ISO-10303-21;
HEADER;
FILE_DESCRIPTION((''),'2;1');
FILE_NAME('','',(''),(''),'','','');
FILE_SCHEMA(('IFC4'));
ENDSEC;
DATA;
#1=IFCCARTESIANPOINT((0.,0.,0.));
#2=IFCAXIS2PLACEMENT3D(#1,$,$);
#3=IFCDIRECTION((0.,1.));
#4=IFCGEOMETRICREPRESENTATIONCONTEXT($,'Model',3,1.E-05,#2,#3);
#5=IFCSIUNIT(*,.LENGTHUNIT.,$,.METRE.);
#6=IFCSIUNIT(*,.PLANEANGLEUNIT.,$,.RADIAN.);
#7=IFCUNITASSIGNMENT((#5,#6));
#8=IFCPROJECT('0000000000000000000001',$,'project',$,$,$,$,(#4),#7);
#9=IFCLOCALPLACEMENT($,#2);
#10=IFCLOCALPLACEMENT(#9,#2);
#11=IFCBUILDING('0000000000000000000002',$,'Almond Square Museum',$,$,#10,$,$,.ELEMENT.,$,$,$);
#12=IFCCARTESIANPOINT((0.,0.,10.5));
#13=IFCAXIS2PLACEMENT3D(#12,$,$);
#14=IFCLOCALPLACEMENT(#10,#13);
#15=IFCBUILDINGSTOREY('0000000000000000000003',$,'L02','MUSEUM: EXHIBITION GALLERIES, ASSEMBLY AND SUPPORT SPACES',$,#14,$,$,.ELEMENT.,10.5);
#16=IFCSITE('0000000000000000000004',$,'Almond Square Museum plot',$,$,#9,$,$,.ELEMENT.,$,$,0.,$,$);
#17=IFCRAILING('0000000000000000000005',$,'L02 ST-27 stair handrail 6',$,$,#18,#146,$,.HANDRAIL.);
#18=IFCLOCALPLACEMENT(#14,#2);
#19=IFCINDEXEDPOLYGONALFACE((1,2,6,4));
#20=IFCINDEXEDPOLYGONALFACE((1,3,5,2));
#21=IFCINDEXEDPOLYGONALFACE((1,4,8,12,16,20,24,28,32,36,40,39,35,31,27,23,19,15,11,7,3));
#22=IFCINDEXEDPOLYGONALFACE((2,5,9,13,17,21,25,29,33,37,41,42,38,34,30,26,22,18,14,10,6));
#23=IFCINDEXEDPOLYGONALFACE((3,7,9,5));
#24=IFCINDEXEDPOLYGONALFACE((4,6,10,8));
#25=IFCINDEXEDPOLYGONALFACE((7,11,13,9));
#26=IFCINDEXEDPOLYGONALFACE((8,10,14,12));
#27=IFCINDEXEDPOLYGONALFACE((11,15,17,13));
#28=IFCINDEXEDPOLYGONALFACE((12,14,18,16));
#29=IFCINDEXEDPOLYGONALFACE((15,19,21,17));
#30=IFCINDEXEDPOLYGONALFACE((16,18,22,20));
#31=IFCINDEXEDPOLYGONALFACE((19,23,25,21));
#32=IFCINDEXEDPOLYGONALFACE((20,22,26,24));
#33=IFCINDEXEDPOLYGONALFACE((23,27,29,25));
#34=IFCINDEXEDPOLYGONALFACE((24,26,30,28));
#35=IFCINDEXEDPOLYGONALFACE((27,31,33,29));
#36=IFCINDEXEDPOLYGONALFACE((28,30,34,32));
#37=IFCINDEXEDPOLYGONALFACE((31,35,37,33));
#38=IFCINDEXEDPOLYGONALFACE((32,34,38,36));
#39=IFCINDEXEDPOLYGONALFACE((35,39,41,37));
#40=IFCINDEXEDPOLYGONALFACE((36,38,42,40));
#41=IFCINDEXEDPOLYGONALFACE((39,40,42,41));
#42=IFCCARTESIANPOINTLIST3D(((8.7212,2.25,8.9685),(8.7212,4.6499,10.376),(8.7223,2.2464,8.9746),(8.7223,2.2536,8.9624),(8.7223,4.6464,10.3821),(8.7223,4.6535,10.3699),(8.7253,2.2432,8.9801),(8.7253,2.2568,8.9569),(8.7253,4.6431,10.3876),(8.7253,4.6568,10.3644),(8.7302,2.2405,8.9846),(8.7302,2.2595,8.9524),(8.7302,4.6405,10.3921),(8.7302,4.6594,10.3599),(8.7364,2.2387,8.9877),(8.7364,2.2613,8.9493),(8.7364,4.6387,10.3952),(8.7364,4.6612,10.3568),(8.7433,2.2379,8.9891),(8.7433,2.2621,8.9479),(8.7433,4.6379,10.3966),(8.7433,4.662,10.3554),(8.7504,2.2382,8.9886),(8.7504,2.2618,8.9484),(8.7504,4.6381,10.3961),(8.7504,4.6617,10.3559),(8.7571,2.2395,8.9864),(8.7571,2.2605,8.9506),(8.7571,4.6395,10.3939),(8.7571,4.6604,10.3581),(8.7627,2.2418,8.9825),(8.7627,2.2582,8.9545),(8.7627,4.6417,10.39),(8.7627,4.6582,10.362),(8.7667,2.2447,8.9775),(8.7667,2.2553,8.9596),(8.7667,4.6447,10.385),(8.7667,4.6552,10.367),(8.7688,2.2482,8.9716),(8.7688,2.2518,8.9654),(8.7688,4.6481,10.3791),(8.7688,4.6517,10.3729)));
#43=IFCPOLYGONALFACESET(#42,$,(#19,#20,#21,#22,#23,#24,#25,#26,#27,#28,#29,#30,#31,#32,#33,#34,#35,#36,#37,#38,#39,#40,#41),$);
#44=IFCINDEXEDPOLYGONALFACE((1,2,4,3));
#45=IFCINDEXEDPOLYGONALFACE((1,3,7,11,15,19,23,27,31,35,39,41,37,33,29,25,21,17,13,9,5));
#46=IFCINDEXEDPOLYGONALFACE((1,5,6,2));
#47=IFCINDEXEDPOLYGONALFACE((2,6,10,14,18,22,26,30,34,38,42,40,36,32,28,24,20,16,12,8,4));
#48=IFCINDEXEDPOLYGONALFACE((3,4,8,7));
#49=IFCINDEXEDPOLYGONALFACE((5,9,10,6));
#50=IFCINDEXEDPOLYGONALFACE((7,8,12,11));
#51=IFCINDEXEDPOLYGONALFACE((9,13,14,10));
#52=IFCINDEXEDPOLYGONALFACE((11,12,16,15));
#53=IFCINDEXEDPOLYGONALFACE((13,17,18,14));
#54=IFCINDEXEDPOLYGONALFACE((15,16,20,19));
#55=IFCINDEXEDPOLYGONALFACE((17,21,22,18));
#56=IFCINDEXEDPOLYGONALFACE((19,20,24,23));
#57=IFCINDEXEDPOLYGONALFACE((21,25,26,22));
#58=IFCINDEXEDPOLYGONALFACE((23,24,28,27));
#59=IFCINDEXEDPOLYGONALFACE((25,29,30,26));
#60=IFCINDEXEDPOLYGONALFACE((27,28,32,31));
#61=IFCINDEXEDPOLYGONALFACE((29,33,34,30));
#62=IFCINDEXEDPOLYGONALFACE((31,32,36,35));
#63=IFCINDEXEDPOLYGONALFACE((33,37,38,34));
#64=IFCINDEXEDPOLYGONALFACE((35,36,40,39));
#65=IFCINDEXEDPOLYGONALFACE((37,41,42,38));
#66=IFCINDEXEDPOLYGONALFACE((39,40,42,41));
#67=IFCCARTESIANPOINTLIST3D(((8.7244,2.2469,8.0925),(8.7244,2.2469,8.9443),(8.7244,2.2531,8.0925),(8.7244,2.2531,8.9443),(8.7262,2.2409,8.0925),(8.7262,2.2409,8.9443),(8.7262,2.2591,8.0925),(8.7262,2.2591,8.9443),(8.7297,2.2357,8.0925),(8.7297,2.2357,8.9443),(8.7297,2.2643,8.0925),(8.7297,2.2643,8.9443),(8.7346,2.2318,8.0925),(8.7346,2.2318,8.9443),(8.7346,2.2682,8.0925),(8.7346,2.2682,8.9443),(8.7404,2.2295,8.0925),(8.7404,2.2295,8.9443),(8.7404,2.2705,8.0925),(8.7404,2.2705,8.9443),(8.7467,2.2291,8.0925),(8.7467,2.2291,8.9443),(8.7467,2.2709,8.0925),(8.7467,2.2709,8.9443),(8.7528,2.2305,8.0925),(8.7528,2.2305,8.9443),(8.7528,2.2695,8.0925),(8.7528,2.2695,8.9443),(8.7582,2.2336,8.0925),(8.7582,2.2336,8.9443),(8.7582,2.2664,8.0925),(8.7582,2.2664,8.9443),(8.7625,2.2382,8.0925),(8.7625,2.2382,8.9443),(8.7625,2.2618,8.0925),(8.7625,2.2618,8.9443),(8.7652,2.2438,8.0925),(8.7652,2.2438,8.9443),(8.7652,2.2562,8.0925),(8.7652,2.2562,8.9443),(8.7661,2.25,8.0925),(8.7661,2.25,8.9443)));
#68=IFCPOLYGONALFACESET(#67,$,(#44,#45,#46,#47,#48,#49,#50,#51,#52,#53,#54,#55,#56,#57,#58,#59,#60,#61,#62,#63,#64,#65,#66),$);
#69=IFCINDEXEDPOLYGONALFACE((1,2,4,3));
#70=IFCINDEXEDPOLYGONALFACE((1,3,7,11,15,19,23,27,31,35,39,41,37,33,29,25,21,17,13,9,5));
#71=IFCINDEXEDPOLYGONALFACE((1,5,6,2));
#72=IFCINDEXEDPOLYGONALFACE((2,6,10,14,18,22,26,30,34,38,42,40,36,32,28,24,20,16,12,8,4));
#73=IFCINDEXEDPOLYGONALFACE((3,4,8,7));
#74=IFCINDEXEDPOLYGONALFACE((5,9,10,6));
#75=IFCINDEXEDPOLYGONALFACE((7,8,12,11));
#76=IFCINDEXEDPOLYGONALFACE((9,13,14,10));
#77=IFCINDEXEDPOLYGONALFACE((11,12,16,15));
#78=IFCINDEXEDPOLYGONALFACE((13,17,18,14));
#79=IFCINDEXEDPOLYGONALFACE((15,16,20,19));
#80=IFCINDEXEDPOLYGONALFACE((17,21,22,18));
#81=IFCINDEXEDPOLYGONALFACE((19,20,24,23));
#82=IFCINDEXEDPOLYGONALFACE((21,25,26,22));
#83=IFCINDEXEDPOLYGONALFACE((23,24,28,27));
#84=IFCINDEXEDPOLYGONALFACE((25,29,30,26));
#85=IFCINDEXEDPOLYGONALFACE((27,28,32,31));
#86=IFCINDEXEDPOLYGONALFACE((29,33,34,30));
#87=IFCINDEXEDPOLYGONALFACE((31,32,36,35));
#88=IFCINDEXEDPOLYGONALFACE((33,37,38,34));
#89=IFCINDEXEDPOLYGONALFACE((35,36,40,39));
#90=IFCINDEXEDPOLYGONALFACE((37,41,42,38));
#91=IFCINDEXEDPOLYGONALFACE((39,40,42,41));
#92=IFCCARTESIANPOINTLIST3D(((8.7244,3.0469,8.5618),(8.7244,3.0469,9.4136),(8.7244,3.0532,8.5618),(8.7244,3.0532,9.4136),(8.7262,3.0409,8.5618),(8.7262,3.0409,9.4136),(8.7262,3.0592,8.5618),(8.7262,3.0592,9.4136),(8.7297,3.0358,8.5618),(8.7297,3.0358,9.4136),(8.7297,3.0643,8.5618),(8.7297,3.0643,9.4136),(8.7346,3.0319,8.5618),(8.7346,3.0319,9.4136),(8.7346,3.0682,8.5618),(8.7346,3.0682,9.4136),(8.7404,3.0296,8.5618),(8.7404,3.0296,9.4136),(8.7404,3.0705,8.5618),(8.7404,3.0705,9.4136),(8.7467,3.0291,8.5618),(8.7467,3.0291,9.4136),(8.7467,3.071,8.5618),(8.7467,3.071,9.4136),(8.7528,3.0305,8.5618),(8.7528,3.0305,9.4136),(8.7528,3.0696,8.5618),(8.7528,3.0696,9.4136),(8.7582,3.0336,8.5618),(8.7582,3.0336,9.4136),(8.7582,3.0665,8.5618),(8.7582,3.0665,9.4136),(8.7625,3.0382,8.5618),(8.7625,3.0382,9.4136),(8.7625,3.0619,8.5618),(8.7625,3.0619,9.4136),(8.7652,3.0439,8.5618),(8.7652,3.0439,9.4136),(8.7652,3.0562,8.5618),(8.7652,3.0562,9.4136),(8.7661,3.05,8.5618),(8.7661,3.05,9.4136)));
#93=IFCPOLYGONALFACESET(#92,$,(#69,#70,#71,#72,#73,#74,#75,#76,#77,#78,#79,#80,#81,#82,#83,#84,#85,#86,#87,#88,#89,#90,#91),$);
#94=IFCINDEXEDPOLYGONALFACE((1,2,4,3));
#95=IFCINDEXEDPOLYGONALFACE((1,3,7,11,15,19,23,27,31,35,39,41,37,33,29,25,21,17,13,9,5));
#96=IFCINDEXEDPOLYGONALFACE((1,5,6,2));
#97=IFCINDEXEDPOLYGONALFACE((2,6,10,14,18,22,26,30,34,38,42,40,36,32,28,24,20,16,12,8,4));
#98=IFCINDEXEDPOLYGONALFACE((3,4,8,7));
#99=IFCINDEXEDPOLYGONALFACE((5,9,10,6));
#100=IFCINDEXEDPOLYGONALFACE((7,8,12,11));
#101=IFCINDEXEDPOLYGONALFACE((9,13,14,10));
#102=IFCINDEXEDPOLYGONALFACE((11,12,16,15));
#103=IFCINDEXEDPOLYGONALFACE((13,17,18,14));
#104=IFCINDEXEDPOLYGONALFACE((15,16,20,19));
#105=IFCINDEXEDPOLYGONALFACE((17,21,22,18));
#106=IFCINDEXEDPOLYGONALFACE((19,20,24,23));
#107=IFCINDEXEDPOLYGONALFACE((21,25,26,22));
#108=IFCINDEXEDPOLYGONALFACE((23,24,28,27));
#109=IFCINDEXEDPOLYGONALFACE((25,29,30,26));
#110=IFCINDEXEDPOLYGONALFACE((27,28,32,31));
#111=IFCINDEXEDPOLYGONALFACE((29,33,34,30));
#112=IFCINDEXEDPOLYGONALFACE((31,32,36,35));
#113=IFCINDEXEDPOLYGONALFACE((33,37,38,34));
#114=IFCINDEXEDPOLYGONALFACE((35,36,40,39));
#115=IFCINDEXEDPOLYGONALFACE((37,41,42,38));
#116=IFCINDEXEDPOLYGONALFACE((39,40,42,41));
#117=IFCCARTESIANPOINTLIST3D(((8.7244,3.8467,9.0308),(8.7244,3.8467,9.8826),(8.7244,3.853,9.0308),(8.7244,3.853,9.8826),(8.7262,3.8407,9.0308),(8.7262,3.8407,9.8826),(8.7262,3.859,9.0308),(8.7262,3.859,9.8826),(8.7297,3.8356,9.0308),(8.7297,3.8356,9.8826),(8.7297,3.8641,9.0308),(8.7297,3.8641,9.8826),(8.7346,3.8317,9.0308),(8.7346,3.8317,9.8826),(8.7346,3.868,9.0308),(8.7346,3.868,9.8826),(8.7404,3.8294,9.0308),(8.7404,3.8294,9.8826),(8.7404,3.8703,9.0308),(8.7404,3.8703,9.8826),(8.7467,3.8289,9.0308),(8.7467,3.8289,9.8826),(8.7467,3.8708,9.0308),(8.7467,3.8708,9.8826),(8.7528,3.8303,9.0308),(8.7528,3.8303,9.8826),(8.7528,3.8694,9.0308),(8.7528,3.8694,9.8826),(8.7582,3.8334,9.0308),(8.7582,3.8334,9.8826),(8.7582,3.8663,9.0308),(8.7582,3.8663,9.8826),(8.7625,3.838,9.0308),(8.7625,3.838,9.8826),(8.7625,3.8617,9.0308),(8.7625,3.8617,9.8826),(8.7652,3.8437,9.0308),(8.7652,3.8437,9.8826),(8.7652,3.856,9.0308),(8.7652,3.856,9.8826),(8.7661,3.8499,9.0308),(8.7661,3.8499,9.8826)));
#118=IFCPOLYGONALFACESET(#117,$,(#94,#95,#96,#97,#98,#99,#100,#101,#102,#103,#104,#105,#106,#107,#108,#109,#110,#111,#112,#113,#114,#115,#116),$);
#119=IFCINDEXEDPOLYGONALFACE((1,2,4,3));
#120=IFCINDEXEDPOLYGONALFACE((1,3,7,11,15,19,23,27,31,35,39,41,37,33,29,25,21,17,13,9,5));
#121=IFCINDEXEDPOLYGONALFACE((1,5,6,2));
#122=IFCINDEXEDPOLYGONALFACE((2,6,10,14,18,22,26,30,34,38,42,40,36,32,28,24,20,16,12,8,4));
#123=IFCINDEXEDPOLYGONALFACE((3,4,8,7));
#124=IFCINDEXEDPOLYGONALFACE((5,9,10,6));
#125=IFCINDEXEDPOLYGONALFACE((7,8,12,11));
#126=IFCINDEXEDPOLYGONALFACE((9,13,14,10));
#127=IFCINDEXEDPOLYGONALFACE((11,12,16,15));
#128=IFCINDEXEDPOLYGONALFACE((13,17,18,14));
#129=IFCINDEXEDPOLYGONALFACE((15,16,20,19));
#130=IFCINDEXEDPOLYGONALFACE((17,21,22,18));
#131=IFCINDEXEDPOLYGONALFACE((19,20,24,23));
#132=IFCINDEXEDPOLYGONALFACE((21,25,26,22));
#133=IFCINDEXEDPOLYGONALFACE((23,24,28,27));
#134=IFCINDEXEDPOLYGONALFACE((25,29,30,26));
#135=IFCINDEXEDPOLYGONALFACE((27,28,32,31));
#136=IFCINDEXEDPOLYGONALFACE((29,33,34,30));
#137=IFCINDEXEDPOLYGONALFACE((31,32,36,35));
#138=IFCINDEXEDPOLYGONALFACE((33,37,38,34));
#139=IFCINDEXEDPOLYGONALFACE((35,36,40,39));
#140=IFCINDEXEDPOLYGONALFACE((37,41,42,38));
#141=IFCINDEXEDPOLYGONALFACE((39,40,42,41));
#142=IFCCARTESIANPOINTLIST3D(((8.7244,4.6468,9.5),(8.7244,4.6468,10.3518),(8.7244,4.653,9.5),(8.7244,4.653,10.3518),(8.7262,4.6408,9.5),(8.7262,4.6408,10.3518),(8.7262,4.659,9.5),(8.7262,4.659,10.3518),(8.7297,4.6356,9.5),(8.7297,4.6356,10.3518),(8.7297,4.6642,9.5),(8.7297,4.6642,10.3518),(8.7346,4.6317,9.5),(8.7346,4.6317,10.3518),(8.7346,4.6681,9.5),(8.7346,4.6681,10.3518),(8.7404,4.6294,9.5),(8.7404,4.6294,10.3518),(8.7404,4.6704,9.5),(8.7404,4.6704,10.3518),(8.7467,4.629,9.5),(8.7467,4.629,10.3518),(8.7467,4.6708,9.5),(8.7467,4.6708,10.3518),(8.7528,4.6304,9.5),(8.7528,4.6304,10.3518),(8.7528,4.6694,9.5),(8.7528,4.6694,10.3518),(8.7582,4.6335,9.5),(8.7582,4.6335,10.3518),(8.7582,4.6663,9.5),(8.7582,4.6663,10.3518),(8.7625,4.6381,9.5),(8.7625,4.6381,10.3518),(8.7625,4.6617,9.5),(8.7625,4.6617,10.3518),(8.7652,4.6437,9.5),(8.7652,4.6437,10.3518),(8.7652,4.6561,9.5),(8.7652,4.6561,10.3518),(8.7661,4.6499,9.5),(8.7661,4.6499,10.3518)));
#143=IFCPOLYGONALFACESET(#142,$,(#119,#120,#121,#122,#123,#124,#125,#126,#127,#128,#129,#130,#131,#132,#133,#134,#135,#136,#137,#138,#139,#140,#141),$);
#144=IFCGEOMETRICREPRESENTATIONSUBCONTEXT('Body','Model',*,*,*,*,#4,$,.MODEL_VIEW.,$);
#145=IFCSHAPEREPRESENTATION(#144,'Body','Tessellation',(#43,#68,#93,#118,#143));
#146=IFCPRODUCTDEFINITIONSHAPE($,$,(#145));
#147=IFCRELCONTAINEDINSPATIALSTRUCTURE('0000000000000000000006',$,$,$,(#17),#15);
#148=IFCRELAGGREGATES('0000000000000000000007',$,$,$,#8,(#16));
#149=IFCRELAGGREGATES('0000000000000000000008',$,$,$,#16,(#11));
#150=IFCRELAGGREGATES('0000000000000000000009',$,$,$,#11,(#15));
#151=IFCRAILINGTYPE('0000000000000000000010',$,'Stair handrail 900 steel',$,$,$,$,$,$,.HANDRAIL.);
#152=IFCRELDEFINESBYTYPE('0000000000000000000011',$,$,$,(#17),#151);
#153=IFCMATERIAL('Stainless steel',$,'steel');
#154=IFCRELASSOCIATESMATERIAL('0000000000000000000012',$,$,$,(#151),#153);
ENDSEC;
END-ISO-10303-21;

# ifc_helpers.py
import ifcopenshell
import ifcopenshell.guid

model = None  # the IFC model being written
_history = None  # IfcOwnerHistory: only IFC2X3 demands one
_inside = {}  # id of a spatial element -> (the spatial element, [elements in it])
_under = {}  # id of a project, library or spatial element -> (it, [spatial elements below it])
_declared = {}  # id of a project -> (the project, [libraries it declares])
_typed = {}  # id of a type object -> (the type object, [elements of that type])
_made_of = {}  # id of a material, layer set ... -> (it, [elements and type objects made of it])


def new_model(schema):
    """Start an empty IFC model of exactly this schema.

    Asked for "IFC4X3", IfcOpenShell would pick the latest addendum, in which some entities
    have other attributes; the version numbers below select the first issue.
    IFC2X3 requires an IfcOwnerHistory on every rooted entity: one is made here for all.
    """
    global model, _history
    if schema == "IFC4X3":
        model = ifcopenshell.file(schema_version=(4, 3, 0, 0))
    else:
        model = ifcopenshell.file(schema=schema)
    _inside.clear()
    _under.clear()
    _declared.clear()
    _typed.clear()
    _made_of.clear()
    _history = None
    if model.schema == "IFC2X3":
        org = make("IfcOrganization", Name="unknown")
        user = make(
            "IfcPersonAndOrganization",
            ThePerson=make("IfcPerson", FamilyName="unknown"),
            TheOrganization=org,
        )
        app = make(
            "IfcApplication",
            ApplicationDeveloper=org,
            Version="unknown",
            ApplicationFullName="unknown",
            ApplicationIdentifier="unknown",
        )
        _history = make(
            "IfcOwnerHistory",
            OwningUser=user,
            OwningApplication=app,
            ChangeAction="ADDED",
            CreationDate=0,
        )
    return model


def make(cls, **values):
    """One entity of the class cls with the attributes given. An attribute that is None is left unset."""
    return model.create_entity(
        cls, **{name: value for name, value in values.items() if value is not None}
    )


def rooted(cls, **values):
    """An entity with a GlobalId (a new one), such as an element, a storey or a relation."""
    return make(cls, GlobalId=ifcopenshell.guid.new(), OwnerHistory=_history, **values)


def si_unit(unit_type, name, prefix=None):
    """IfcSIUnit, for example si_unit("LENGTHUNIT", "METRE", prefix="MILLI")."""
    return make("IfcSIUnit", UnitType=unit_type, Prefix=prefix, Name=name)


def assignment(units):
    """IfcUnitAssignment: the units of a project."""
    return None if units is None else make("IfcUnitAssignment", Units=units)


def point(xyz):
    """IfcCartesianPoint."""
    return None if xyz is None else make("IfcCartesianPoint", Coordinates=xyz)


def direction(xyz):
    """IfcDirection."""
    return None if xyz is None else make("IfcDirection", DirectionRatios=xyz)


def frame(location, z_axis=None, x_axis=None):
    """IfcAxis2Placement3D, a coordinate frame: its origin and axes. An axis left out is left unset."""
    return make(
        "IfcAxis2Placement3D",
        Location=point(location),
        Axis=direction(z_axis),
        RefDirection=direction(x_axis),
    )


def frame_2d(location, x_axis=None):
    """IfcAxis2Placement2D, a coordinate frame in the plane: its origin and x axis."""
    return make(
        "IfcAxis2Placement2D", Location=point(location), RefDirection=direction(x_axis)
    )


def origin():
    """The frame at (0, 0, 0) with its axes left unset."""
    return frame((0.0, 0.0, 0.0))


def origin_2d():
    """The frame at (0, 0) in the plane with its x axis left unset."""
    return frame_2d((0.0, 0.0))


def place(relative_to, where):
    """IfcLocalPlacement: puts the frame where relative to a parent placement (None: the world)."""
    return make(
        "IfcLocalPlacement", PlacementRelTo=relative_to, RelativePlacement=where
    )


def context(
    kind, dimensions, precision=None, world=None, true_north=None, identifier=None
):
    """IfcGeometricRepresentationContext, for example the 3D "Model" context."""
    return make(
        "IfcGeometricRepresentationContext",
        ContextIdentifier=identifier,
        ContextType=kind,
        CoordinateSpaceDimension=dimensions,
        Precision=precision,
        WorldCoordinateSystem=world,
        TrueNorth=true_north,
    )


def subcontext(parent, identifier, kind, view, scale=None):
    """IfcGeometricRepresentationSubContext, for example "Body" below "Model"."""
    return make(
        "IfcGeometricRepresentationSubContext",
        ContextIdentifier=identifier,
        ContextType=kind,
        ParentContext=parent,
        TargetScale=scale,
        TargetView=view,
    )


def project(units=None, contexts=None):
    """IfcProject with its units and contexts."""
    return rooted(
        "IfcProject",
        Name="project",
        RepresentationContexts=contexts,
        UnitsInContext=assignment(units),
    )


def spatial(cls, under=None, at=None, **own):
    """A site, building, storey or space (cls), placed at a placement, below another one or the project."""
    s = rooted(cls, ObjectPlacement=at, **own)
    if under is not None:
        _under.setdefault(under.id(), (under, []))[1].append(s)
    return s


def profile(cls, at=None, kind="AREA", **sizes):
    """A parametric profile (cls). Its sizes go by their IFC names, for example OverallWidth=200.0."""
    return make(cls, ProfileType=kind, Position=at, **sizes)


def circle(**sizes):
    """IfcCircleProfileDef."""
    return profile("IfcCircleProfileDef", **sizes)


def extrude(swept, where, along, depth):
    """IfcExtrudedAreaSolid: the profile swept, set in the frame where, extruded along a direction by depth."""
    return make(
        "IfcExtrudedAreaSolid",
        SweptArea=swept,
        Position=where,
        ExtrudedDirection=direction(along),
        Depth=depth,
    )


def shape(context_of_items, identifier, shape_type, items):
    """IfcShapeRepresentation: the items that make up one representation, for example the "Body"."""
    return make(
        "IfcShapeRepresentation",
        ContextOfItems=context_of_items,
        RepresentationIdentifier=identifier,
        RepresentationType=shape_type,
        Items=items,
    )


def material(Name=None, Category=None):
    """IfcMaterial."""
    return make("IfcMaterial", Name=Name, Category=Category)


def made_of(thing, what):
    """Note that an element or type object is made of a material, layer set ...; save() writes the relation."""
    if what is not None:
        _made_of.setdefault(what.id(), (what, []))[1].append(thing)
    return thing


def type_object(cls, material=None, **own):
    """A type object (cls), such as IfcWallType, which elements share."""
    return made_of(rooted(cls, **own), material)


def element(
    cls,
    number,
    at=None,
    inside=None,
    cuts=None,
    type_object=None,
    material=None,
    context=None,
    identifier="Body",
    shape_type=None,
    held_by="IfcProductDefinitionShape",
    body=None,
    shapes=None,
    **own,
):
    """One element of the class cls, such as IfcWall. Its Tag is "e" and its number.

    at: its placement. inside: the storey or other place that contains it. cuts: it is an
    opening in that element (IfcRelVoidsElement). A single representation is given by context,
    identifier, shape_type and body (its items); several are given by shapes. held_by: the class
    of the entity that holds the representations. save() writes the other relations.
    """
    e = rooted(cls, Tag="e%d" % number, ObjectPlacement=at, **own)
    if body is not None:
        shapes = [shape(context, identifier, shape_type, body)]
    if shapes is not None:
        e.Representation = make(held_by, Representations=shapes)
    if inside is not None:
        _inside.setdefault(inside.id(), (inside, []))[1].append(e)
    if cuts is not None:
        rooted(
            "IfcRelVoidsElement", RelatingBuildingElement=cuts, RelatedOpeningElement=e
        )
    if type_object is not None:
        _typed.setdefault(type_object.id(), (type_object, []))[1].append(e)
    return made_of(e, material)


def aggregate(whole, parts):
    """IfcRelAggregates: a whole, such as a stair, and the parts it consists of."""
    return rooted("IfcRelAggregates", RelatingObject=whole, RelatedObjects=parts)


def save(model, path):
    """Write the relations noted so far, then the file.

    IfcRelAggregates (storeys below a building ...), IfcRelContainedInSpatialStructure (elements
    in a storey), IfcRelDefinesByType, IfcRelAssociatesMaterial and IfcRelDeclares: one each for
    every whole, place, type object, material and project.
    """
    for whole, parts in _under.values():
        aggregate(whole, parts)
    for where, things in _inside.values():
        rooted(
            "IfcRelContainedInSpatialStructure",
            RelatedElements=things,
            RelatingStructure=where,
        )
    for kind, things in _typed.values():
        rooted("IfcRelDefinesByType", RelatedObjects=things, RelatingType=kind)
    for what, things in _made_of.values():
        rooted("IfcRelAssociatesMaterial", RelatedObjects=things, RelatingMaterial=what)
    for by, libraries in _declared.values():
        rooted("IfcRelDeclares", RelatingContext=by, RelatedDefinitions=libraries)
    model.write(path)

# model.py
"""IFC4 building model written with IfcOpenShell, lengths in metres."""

from ifc_helpers import new_model, si_unit, direction, frame, origin, origin_2d, place, context, subcontext, project, spatial, circle, extrude, material, type_object, element, save


model = new_model("IFC4")

# Units and contexts
model_context = context("Model", 3, precision=1e-05, world=origin(), true_north=direction((0.0, 1.0)))
body_context = subcontext(model_context, "Body", "Model", "MODEL_VIEW")
ifc_project = project(units=[si_unit("LENGTHUNIT", "METRE"), si_unit("PLANEANGLEUNIT", "RADIAN")], contexts=[model_context])

# Site, building, storey
site_placement = place(None, origin())
site = spatial("IfcSite", under=ifc_project, at=site_placement, Name="Almond Square Museum plot", CompositionType="ELEMENT", RefElevation=0.0)
building_placement = place(site_placement, origin())
building = spatial("IfcBuilding", under=site, at=building_placement, Name="Almond Square Museum", CompositionType="ELEMENT")
storey_placement = place(building_placement, frame((0.0, 0.0, 10.5)))
storey = spatial("IfcBuildingStorey", under=building, at=storey_placement, Name="L02", Description="MUSEUM: EXHIBITION GALLERIES, ASSEMBLY AND SUPPORT SPACES", CompositionType="ELEMENT", Elevation=10.5)

# Railing
ifc_material_1 = material(Name="Stainless steel", Category="steel")
railing_type_1 = type_object("IfcRailingType", Name="Stair handrail 900 steel", PredefinedType="HANDRAIL", material=ifc_material_1)
for number, where, name in (
    (1, (8.7451, 2.25, 8.0925), "L02 ST-27 stair handrail 6"),
):
    element("IfcRailing", number, at=place(storey_placement, frame(where)), inside=storey, type_object=railing_type_1, Name=name, PredefinedType="HANDRAIL", context=body_context, shape_type="SweptSolid", body=[
        extrude(circle(Radius=0.0239, at=origin_2d()), frame((0.0, 0.0, 0.876), z_axis=(0.0, 0.862599, 0.505888), x_axis=(-1.0, 0.0, 0.0)), (0.0, 0.0, 1.0), 2.7822),
        extrude(circle(Radius=0.021, at=origin_2d()), origin(), (0.0, 0.0, 1.0), 0.8518),
        extrude(circle(Radius=0.021, at=origin_2d()), frame((0.0, 0.8, 0.4692)), (0.0, 0.0, 1.0), 0.8518),
        extrude(circle(Radius=0.021, at=origin_2d()), frame((0.0, 1.5999, 0.9382)), (0.0, 0.0, 1.0), 0.8518),
        extrude(circle(Radius=0.021, at=origin_2d()), frame((0.0, 2.3999, 1.4075)), (0.0, 0.0, 1.0), 0.8518),
    ])

save(model, "model.ifc")
